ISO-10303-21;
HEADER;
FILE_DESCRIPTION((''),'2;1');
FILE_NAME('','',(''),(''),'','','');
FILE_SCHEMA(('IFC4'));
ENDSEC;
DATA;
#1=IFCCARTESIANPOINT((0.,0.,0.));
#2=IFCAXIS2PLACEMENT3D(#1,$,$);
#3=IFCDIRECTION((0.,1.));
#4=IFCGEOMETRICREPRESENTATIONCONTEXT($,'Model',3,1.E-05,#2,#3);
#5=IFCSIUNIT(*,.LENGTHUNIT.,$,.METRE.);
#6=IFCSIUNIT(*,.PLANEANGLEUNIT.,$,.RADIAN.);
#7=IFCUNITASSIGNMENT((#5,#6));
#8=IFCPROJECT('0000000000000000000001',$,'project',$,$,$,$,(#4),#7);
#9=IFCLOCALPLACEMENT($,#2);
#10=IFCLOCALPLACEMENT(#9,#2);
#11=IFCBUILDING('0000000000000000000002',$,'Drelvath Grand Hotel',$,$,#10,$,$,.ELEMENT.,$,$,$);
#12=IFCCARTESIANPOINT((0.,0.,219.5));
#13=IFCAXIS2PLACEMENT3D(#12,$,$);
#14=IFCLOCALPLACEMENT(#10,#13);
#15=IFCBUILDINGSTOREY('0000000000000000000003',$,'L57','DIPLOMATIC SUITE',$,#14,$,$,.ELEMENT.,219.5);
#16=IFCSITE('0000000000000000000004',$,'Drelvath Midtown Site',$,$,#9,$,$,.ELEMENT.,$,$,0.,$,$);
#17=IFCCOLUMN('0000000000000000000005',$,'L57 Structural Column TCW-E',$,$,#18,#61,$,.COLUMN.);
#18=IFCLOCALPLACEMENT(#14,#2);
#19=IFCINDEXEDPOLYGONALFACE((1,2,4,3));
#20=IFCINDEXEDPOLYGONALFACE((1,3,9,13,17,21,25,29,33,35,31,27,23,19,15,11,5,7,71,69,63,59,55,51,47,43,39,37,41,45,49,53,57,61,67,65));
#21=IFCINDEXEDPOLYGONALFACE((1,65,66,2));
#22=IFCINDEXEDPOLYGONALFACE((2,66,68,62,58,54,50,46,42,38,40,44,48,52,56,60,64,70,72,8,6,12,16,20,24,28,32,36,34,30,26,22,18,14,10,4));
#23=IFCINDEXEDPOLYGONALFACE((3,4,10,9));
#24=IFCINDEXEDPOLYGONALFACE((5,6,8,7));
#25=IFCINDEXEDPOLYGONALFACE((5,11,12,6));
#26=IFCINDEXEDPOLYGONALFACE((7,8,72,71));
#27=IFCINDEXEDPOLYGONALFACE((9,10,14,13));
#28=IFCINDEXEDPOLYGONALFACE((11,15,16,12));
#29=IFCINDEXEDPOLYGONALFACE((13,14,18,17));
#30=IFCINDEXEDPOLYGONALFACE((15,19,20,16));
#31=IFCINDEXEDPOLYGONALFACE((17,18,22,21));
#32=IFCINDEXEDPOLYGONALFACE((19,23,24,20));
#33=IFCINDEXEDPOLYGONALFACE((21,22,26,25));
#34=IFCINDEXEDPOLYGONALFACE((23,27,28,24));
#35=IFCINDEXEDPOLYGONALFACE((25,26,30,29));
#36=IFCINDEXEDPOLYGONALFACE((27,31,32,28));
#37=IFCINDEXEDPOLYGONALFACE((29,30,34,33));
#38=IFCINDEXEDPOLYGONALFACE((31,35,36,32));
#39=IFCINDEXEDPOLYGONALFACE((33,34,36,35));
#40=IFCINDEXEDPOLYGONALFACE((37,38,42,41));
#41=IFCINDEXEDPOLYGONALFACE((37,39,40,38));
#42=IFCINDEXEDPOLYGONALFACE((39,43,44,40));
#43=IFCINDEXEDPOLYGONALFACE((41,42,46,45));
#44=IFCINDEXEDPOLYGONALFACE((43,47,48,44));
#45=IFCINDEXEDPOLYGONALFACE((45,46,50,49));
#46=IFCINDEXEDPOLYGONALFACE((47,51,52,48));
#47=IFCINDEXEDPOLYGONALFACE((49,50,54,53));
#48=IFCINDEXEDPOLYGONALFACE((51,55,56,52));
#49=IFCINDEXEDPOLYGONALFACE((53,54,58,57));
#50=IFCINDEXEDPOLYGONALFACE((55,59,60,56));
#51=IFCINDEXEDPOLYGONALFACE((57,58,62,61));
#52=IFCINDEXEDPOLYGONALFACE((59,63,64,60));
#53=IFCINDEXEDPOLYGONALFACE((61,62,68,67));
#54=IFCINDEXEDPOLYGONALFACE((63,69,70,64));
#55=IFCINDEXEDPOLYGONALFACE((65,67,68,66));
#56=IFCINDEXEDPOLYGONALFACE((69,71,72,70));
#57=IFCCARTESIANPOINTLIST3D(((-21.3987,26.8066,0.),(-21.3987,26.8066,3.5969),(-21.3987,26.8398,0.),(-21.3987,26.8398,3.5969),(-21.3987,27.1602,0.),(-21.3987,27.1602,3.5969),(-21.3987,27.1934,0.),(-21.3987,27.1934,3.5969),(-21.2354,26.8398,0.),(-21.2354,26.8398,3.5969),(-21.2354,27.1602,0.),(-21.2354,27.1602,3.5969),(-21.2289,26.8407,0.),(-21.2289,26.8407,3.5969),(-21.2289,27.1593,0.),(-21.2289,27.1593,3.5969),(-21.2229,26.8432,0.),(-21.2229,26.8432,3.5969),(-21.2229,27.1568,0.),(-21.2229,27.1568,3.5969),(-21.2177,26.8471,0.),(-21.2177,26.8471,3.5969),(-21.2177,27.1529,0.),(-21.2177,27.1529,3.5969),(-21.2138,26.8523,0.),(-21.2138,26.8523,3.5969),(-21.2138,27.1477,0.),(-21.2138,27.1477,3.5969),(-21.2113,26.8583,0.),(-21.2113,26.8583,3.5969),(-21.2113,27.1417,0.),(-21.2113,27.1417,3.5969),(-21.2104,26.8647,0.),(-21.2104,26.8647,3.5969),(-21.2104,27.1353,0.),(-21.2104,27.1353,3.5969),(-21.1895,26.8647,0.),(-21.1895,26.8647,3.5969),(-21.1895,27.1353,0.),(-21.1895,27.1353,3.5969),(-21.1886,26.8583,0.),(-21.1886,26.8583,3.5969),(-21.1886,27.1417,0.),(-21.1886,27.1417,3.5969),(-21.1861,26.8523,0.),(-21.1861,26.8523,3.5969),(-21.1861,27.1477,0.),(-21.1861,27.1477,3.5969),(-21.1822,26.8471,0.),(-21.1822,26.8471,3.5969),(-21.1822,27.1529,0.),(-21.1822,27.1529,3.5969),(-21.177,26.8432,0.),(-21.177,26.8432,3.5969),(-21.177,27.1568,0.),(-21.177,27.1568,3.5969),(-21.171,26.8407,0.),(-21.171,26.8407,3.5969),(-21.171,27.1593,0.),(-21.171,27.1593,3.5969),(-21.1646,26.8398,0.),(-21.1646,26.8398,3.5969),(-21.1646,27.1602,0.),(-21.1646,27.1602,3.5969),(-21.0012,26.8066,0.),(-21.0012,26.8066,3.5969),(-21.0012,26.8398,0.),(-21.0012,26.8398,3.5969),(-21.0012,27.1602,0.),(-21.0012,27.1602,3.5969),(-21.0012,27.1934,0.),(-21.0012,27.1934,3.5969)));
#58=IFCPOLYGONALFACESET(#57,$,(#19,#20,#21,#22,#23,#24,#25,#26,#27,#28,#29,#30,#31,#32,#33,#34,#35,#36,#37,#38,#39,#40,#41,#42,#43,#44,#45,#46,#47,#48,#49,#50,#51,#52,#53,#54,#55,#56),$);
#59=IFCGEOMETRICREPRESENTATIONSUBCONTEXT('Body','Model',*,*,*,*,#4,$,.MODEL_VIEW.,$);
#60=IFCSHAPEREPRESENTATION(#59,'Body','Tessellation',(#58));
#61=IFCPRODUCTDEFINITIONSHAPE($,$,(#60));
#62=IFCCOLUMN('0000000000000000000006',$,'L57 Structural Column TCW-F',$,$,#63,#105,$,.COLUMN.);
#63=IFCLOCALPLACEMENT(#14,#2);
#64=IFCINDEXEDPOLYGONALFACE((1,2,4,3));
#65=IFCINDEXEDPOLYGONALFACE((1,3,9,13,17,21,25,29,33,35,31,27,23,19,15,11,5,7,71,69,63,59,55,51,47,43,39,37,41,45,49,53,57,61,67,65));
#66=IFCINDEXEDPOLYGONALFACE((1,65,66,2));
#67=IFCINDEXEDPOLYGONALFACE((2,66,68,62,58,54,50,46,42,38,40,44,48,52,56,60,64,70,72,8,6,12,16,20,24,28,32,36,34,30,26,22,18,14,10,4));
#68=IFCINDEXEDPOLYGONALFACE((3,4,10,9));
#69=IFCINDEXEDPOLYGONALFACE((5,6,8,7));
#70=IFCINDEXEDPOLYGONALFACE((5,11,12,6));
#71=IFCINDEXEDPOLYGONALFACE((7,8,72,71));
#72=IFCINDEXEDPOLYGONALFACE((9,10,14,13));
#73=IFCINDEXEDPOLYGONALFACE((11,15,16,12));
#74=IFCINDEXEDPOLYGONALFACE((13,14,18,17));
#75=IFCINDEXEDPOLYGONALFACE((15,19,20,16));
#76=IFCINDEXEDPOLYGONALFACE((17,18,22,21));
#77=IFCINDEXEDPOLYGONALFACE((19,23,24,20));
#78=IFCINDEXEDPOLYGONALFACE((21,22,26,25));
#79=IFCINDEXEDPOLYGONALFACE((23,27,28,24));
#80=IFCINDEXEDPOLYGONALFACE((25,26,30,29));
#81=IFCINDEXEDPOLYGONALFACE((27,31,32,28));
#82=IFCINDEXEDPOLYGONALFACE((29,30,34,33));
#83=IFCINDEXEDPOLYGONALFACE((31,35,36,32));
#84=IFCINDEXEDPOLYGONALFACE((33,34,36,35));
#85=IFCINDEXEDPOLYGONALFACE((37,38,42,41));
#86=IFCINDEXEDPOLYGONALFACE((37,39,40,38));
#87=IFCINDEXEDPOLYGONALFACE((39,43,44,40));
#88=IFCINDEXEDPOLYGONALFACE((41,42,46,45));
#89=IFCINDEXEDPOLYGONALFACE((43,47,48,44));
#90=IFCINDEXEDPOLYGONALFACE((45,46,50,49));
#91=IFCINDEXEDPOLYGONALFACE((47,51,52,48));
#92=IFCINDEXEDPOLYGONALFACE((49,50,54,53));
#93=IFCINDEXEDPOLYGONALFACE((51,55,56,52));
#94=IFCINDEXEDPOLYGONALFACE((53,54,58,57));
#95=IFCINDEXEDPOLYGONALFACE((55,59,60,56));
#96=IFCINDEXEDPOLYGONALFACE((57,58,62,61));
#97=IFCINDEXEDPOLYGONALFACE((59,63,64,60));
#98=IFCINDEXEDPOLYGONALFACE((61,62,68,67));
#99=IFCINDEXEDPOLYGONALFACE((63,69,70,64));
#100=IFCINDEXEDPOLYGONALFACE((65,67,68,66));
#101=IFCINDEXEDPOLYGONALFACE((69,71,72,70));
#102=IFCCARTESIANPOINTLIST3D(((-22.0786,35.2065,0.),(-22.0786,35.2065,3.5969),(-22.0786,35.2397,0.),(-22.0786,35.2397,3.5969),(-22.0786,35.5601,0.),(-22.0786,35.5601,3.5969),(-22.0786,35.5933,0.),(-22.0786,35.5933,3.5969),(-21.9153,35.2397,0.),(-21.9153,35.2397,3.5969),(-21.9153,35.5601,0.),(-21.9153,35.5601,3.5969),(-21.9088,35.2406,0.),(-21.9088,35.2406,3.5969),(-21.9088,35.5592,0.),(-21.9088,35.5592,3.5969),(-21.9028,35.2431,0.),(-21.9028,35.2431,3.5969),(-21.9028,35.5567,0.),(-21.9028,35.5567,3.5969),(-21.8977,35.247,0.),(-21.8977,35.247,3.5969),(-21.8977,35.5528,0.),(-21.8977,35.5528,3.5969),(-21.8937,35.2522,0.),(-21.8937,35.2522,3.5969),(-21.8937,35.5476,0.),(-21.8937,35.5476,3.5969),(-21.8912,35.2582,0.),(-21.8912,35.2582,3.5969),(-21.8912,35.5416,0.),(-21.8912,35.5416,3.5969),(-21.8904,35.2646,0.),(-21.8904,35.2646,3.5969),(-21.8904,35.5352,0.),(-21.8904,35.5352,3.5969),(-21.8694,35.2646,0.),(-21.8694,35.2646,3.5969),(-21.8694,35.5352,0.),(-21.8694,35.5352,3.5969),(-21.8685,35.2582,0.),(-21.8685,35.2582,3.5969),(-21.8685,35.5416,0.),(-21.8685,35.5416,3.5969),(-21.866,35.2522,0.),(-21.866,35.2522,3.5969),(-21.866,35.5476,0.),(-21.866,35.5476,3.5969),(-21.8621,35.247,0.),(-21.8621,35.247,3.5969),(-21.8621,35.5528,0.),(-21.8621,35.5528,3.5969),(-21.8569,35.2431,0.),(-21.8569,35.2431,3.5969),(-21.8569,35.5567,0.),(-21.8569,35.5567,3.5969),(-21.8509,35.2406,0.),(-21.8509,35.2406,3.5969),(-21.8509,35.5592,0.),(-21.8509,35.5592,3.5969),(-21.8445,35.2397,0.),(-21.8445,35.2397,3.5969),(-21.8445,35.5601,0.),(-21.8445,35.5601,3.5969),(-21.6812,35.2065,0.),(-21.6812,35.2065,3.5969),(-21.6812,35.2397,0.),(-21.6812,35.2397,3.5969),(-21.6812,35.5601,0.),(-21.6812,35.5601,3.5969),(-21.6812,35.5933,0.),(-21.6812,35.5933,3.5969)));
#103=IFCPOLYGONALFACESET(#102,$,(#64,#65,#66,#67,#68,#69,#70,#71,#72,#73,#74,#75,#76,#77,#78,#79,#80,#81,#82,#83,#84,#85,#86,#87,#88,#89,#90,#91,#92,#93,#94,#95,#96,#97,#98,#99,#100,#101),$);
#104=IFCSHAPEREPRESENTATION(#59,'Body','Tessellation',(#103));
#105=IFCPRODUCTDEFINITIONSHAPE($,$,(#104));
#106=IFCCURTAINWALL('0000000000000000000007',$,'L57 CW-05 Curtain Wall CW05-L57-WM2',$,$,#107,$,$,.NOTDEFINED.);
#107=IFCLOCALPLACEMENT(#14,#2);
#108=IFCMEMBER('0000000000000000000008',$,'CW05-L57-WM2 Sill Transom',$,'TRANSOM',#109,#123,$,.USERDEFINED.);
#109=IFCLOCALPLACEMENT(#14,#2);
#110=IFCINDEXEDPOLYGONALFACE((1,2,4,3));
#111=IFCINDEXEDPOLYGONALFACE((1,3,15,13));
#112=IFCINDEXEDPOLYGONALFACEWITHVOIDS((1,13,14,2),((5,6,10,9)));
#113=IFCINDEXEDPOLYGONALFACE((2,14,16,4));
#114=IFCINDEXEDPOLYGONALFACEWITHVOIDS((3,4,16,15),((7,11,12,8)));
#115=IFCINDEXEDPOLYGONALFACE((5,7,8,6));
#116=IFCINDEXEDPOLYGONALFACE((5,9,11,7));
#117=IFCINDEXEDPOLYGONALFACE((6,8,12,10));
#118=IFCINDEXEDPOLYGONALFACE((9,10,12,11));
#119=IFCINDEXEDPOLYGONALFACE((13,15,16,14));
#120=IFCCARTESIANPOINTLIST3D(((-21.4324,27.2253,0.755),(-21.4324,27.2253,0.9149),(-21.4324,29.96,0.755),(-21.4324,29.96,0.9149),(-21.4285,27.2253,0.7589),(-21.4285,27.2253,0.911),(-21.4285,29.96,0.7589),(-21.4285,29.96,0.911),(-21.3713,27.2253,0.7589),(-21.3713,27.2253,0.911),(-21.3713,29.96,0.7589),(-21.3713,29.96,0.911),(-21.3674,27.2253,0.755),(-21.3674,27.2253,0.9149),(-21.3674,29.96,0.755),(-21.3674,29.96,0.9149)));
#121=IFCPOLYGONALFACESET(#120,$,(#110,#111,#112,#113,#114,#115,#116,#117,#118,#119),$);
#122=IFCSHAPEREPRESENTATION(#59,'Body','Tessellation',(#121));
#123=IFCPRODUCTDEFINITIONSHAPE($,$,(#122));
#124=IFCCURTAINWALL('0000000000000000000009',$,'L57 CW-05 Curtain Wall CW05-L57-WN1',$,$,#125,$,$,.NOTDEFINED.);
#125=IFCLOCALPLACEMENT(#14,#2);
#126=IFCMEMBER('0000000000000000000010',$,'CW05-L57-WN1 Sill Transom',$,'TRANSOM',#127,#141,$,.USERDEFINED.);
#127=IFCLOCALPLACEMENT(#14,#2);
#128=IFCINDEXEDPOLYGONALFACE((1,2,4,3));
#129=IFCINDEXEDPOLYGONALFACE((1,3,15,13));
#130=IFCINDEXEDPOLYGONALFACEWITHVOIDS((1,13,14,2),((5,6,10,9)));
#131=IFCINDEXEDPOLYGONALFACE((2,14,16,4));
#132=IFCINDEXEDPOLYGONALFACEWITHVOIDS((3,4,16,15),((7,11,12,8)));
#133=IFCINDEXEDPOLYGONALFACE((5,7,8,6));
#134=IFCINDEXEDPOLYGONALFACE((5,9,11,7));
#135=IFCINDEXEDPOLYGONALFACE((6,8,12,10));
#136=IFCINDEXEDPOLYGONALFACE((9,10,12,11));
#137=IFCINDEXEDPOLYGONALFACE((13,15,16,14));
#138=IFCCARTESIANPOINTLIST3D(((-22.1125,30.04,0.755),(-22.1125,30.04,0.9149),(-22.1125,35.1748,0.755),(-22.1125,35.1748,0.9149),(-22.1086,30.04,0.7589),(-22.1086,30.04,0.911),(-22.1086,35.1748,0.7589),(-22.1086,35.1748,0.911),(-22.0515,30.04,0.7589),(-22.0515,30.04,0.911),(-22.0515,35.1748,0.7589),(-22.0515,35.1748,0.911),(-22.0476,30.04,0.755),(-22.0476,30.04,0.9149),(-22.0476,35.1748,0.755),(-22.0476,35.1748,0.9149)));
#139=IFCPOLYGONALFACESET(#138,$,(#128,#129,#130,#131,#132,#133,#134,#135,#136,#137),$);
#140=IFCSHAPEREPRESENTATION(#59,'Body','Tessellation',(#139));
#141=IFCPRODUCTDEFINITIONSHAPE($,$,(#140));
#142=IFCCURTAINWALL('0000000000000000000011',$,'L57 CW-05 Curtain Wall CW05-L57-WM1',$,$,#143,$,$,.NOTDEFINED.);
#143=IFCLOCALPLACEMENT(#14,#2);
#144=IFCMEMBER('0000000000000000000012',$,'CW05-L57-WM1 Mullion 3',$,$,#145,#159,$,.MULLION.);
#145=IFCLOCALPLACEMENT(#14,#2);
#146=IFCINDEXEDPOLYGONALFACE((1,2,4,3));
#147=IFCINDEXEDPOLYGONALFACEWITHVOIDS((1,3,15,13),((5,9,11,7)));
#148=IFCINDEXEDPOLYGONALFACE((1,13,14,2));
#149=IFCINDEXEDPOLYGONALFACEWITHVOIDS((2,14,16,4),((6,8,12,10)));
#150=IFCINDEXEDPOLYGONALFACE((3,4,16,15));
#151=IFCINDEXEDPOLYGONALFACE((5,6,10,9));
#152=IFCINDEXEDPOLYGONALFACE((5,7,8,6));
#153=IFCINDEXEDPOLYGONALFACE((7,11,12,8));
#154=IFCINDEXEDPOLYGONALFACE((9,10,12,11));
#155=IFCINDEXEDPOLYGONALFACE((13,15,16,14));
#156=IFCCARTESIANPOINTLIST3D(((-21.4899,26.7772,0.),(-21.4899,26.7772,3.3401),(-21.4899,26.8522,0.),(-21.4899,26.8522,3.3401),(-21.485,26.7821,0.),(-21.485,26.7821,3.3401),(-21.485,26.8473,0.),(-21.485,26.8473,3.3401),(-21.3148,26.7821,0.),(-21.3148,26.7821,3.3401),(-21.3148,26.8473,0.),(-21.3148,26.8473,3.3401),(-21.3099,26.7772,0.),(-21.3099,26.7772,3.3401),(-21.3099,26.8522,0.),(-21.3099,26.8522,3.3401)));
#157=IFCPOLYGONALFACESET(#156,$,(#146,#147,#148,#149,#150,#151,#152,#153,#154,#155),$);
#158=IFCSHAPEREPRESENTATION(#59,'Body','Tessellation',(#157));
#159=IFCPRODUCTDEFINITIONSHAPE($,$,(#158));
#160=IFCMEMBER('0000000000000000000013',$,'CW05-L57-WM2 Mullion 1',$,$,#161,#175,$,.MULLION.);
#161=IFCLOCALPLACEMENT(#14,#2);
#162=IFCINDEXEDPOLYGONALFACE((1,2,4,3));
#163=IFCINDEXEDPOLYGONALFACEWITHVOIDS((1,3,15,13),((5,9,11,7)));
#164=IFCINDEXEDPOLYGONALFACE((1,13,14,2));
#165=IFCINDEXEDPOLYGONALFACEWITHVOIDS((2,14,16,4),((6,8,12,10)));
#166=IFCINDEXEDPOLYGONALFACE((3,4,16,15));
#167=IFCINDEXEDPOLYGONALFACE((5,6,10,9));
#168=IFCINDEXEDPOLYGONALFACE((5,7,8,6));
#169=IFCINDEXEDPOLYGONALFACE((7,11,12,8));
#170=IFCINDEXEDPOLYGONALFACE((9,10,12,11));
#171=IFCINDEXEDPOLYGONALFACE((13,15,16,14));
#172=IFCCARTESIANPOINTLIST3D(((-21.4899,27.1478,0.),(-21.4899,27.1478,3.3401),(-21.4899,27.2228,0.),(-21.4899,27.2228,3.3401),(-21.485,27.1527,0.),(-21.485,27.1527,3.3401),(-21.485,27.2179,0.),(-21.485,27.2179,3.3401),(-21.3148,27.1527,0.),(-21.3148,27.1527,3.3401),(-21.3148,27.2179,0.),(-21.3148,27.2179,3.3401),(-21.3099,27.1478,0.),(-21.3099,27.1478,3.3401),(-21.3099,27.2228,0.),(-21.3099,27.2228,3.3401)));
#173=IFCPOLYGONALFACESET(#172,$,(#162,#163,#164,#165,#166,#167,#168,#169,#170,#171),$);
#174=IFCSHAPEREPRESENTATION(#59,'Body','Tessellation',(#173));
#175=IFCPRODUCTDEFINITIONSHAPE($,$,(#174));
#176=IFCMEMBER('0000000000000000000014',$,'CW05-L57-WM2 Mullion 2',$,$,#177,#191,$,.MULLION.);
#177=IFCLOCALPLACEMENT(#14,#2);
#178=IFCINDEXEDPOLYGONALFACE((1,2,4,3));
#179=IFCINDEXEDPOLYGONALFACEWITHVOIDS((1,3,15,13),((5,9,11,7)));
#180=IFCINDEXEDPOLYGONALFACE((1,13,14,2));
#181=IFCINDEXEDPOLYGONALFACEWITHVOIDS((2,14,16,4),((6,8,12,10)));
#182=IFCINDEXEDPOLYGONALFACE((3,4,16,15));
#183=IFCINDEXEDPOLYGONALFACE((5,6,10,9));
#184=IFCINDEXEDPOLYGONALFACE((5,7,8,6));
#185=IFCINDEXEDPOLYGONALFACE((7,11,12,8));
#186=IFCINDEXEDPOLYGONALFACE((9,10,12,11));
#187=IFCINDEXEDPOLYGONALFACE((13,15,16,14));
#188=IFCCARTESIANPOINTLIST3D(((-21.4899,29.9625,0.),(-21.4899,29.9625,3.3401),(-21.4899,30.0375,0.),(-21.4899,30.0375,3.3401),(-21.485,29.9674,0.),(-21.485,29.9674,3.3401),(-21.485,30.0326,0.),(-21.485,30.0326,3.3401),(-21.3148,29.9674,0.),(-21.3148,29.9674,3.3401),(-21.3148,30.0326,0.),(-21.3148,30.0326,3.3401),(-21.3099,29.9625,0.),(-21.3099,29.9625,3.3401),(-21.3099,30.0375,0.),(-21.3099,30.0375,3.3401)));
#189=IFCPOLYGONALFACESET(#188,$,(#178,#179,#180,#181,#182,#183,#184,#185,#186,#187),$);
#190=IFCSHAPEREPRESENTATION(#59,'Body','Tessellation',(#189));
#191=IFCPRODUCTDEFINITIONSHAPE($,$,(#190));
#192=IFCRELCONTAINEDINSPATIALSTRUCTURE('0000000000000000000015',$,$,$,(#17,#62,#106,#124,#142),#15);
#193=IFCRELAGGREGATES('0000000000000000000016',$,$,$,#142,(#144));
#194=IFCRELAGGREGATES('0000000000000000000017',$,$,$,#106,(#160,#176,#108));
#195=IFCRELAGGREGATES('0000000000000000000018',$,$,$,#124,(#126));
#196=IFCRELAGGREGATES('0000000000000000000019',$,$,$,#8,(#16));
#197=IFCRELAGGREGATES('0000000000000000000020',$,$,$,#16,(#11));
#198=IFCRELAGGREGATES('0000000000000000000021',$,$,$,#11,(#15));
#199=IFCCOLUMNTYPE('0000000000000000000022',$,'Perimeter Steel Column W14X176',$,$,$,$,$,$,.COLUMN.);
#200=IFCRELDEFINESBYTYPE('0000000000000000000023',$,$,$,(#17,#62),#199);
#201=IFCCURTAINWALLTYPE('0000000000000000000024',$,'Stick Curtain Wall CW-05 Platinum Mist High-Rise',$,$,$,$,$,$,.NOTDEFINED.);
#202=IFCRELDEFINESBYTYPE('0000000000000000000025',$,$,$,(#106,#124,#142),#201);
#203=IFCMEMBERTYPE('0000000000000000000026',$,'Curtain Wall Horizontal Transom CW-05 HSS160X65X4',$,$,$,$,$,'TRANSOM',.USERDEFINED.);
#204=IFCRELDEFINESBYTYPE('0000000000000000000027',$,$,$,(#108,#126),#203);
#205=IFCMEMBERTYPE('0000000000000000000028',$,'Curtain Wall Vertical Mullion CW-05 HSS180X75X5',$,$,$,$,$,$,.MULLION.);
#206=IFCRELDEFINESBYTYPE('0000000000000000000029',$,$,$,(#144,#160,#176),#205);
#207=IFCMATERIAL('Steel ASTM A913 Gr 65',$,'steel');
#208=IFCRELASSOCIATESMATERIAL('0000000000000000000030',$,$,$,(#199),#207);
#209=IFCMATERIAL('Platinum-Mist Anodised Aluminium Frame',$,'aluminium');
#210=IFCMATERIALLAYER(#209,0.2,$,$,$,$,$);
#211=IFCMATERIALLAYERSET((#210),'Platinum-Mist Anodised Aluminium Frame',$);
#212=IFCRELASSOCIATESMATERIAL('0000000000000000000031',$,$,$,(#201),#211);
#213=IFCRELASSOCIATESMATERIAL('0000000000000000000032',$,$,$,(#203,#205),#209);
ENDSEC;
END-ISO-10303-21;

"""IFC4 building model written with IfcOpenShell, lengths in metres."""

from ifc_helpers import new_model, si_unit, direction, frame, origin, origin_2d, place, context, subcontext, project, spatial, hollow_rectangle, i_section, extrude, material, layer, layer_set, material_profile, profile_set, type_object, element, aggregate, save


model = new_model("IFC4")

# Units and contexts
model_context = context("Model", 3, precision=1e-05, world=origin(), true_north=direction((0.0, 1.0)))
body_context = subcontext(model_context, "Body", "Model", "MODEL_VIEW")
ifc_project = project(units=[si_unit("LENGTHUNIT", "METRE"), si_unit("PLANEANGLEUNIT", "RADIAN")], contexts=[model_context])

# Site, building, storey
site_placement = place(None, origin())
site = spatial("IfcSite", under=ifc_project, at=site_placement, Name="Drelvath Midtown Site", CompositionType="ELEMENT", RefElevation=0.0)
building_placement = place(site_placement, origin())
building = spatial("IfcBuilding", under=site, at=building_placement, Name="Drelvath Grand Hotel", CompositionType="ELEMENT")
storey_placement = place(building_placement, frame((0.0, 0.0, 219.5)))
storey = spatial("IfcBuildingStorey", under=building, at=storey_placement, Name="L57", Description="DIPLOMATIC SUITE", CompositionType="ELEMENT", Elevation=219.5)

# Columns
ifc_material_1 = material(Name="Steel ASTM A913 Gr 65", Category="steel")
ifc_material_profile_1 = material_profile(ifc_material_1, i_section(OverallWidth=0.3975, OverallDepth=0.3867, WebThickness=0.021, FlangeThickness=0.0332, FilletRadius=0.0249, at=origin_2d()), Name="W14X176")
ifc_profile_set_1 = profile_set([ifc_material_profile_1], Name="Steel ASTM A913 Gr 65")
column_type = type_object("IfcColumnType", Name="Perimeter Steel Column W14X176", PredefinedType="COLUMN", material=ifc_profile_set_1)
for number, where, z_axis, x_axis, name in (
    (1, (-21.2, 27.0, 0.0), (0.0, 0.0, 1.0), (1.0, 0.0, 0.0), "L57 Structural Column TCW-E"),
    (2, (-21.8799, 35.3999, 0.0), (0.0, 0.0, 1.0), (1.0, 0.0, 0.0), "L57 Structural Column TCW-F"),
):
    element("IfcColumn", number, at=place(storey_placement, frame(where, z_axis=z_axis, x_axis=x_axis)), inside=storey, type_object=column_type, Name=name, PredefinedType="COLUMN", context=body_context, shape_type="SweptSolid", body=[
        extrude(i_section(OverallWidth=0.3975, OverallDepth=0.3867, WebThickness=0.021, FlangeThickness=0.0332, FilletRadius=0.0249, at=origin_2d()), origin(), (0.0, 0.0, 1.0), 3.5969),
    ])

# Curtain walls, members
ifc_material_2 = material(Name="Platinum-Mist Anodised Aluminium Frame", Category="aluminium")
ifc_layer_1 = layer(ifc_material_2, 0.2)
ifc_layer_set_1 = layer_set([ifc_layer_1], Name="Platinum-Mist Anodised Aluminium Frame")
curtain_wall_type = type_object("IfcCurtainWallType", Name="Stick Curtain Wall CW-05 Platinum Mist High-Rise", PredefinedType="NOTDEFINED", material=ifc_layer_set_1)
curtain_wall_1_placement = place(storey_placement, origin())
curtain_wall_1 = element("IfcCurtainWall", 3, at=curtain_wall_1_placement, inside=storey, type_object=curtain_wall_type, Name="L57 CW-05 Curtain Wall CW05-L57-WM2", PredefinedType="NOTDEFINED")
ifc_material_profile_2 = material_profile(ifc_material_2, hollow_rectangle(XDim=0.0649, YDim=0.1599, WallThickness=0.0039, at=origin_2d()), Name="HSS160X65X4")
ifc_profile_set_2 = profile_set([ifc_material_profile_2], Name="Platinum-Mist Anodised Aluminium Frame")
member_type_1 = type_object("IfcMemberType", Name="Curtain Wall Horizontal Transom CW-05 HSS160X65X4", ElementType="TRANSOM", PredefinedType="USERDEFINED", material=ifc_profile_set_2)
member_1_placement = place(storey_placement, frame((-21.3999, 27.2253, 0.835), z_axis=(0.0, 1.0, 0.0), x_axis=(-1.0, 0.0, 0.0)))
member_1 = element("IfcMember", 4, at=member_1_placement, type_object=member_type_1, Name="CW05-L57-WM2 Sill Transom", ObjectType="TRANSOM", PredefinedType="USERDEFINED", context=body_context, shape_type="SweptSolid", body=[
    extrude(hollow_rectangle(XDim=0.0649, YDim=0.1599, WallThickness=0.0039, at=origin_2d()), origin(), (0.0, 0.0, 1.0), 2.7346),
])
curtain_wall_2_placement = place(storey_placement, origin())
curtain_wall_2 = element("IfcCurtainWall", 5, at=curtain_wall_2_placement, inside=storey, type_object=curtain_wall_type, Name="L57 CW-05 Curtain Wall CW05-L57-WN1", PredefinedType="NOTDEFINED")
member_2_placement = place(storey_placement, frame((-22.0801, 30.04, 0.835), z_axis=(0.0, 1.0, 0.0), x_axis=(-1.0, 0.0, 0.0)))
member_2 = element("IfcMember", 6, at=member_2_placement, type_object=member_type_1, Name="CW05-L57-WN1 Sill Transom", ObjectType="TRANSOM", PredefinedType="USERDEFINED", context=body_context, shape_type="SweptSolid", body=[
    extrude(hollow_rectangle(XDim=0.0649, YDim=0.1599, WallThickness=0.0039, at=origin_2d()), origin(), (0.0, 0.0, 1.0), 5.1348),
])
curtain_wall_3_placement = place(storey_placement, origin())
curtain_wall_3 = element("IfcCurtainWall", 7, at=curtain_wall_3_placement, inside=storey, type_object=curtain_wall_type, Name="L57 CW-05 Curtain Wall CW05-L57-WM1", PredefinedType="NOTDEFINED")
ifc_material_profile_3 = material_profile(ifc_material_2, hollow_rectangle(XDim=0.075, YDim=0.1799, WallThickness=0.0049, at=origin_2d()), Name="HSS180X75X5")
ifc_profile_set_3 = profile_set([ifc_material_profile_3], Name="Platinum-Mist Anodised Aluminium Frame")
member_type_2 = type_object("IfcMemberType", Name="Curtain Wall Vertical Mullion CW-05 HSS180X75X5", PredefinedType="MULLION", material=ifc_profile_set_3)
member_3_placement = place(storey_placement, frame((-21.3999, 26.8147, 0.0), z_axis=(0.0, 0.0, 1.0), x_axis=(0.0, 1.0, 0.0)))
member_3 = element("IfcMember", 8, at=member_3_placement, type_object=member_type_2, Name="CW05-L57-WM1 Mullion 3", PredefinedType="MULLION", context=body_context, shape_type="SweptSolid", body=[
    extrude(hollow_rectangle(XDim=0.075, YDim=0.1799, WallThickness=0.0049, at=origin_2d()), origin(), (0.0, 0.0, 1.0), 3.3401),
])
aggregate(curtain_wall_3, [member_3])

# Members
member_4_placement = place(storey_placement, frame((-21.3999, 27.1853, 0.0), z_axis=(0.0, 0.0, 1.0), x_axis=(0.0, 1.0, 0.0)))
member_4 = element("IfcMember", 9, at=member_4_placement, type_object=member_type_2, Name="CW05-L57-WM2 Mullion 1", PredefinedType="MULLION", context=body_context, shape_type="SweptSolid", body=[
    extrude(hollow_rectangle(XDim=0.075, YDim=0.1799, WallThickness=0.0049, at=origin_2d()), origin(), (0.0, 0.0, 1.0), 3.3401),
])
member_5_placement = place(storey_placement, frame((-21.3999, 30.0, 0.0), z_axis=(0.0, 0.0, 1.0), x_axis=(0.0, 1.0, 0.0)))
member_5 = element("IfcMember", 10, at=member_5_placement, type_object=member_type_2, Name="CW05-L57-WM2 Mullion 2", PredefinedType="MULLION", context=body_context, shape_type="SweptSolid", body=[
    extrude(hollow_rectangle(XDim=0.075, YDim=0.1799, WallThickness=0.0049, at=origin_2d()), origin(), (0.0, 0.0, 1.0), 3.3401),
])

aggregate(curtain_wall_1, [member_4, member_5, member_1])
aggregate(curtain_wall_2, [member_2])

save(model, "model.ifc")
